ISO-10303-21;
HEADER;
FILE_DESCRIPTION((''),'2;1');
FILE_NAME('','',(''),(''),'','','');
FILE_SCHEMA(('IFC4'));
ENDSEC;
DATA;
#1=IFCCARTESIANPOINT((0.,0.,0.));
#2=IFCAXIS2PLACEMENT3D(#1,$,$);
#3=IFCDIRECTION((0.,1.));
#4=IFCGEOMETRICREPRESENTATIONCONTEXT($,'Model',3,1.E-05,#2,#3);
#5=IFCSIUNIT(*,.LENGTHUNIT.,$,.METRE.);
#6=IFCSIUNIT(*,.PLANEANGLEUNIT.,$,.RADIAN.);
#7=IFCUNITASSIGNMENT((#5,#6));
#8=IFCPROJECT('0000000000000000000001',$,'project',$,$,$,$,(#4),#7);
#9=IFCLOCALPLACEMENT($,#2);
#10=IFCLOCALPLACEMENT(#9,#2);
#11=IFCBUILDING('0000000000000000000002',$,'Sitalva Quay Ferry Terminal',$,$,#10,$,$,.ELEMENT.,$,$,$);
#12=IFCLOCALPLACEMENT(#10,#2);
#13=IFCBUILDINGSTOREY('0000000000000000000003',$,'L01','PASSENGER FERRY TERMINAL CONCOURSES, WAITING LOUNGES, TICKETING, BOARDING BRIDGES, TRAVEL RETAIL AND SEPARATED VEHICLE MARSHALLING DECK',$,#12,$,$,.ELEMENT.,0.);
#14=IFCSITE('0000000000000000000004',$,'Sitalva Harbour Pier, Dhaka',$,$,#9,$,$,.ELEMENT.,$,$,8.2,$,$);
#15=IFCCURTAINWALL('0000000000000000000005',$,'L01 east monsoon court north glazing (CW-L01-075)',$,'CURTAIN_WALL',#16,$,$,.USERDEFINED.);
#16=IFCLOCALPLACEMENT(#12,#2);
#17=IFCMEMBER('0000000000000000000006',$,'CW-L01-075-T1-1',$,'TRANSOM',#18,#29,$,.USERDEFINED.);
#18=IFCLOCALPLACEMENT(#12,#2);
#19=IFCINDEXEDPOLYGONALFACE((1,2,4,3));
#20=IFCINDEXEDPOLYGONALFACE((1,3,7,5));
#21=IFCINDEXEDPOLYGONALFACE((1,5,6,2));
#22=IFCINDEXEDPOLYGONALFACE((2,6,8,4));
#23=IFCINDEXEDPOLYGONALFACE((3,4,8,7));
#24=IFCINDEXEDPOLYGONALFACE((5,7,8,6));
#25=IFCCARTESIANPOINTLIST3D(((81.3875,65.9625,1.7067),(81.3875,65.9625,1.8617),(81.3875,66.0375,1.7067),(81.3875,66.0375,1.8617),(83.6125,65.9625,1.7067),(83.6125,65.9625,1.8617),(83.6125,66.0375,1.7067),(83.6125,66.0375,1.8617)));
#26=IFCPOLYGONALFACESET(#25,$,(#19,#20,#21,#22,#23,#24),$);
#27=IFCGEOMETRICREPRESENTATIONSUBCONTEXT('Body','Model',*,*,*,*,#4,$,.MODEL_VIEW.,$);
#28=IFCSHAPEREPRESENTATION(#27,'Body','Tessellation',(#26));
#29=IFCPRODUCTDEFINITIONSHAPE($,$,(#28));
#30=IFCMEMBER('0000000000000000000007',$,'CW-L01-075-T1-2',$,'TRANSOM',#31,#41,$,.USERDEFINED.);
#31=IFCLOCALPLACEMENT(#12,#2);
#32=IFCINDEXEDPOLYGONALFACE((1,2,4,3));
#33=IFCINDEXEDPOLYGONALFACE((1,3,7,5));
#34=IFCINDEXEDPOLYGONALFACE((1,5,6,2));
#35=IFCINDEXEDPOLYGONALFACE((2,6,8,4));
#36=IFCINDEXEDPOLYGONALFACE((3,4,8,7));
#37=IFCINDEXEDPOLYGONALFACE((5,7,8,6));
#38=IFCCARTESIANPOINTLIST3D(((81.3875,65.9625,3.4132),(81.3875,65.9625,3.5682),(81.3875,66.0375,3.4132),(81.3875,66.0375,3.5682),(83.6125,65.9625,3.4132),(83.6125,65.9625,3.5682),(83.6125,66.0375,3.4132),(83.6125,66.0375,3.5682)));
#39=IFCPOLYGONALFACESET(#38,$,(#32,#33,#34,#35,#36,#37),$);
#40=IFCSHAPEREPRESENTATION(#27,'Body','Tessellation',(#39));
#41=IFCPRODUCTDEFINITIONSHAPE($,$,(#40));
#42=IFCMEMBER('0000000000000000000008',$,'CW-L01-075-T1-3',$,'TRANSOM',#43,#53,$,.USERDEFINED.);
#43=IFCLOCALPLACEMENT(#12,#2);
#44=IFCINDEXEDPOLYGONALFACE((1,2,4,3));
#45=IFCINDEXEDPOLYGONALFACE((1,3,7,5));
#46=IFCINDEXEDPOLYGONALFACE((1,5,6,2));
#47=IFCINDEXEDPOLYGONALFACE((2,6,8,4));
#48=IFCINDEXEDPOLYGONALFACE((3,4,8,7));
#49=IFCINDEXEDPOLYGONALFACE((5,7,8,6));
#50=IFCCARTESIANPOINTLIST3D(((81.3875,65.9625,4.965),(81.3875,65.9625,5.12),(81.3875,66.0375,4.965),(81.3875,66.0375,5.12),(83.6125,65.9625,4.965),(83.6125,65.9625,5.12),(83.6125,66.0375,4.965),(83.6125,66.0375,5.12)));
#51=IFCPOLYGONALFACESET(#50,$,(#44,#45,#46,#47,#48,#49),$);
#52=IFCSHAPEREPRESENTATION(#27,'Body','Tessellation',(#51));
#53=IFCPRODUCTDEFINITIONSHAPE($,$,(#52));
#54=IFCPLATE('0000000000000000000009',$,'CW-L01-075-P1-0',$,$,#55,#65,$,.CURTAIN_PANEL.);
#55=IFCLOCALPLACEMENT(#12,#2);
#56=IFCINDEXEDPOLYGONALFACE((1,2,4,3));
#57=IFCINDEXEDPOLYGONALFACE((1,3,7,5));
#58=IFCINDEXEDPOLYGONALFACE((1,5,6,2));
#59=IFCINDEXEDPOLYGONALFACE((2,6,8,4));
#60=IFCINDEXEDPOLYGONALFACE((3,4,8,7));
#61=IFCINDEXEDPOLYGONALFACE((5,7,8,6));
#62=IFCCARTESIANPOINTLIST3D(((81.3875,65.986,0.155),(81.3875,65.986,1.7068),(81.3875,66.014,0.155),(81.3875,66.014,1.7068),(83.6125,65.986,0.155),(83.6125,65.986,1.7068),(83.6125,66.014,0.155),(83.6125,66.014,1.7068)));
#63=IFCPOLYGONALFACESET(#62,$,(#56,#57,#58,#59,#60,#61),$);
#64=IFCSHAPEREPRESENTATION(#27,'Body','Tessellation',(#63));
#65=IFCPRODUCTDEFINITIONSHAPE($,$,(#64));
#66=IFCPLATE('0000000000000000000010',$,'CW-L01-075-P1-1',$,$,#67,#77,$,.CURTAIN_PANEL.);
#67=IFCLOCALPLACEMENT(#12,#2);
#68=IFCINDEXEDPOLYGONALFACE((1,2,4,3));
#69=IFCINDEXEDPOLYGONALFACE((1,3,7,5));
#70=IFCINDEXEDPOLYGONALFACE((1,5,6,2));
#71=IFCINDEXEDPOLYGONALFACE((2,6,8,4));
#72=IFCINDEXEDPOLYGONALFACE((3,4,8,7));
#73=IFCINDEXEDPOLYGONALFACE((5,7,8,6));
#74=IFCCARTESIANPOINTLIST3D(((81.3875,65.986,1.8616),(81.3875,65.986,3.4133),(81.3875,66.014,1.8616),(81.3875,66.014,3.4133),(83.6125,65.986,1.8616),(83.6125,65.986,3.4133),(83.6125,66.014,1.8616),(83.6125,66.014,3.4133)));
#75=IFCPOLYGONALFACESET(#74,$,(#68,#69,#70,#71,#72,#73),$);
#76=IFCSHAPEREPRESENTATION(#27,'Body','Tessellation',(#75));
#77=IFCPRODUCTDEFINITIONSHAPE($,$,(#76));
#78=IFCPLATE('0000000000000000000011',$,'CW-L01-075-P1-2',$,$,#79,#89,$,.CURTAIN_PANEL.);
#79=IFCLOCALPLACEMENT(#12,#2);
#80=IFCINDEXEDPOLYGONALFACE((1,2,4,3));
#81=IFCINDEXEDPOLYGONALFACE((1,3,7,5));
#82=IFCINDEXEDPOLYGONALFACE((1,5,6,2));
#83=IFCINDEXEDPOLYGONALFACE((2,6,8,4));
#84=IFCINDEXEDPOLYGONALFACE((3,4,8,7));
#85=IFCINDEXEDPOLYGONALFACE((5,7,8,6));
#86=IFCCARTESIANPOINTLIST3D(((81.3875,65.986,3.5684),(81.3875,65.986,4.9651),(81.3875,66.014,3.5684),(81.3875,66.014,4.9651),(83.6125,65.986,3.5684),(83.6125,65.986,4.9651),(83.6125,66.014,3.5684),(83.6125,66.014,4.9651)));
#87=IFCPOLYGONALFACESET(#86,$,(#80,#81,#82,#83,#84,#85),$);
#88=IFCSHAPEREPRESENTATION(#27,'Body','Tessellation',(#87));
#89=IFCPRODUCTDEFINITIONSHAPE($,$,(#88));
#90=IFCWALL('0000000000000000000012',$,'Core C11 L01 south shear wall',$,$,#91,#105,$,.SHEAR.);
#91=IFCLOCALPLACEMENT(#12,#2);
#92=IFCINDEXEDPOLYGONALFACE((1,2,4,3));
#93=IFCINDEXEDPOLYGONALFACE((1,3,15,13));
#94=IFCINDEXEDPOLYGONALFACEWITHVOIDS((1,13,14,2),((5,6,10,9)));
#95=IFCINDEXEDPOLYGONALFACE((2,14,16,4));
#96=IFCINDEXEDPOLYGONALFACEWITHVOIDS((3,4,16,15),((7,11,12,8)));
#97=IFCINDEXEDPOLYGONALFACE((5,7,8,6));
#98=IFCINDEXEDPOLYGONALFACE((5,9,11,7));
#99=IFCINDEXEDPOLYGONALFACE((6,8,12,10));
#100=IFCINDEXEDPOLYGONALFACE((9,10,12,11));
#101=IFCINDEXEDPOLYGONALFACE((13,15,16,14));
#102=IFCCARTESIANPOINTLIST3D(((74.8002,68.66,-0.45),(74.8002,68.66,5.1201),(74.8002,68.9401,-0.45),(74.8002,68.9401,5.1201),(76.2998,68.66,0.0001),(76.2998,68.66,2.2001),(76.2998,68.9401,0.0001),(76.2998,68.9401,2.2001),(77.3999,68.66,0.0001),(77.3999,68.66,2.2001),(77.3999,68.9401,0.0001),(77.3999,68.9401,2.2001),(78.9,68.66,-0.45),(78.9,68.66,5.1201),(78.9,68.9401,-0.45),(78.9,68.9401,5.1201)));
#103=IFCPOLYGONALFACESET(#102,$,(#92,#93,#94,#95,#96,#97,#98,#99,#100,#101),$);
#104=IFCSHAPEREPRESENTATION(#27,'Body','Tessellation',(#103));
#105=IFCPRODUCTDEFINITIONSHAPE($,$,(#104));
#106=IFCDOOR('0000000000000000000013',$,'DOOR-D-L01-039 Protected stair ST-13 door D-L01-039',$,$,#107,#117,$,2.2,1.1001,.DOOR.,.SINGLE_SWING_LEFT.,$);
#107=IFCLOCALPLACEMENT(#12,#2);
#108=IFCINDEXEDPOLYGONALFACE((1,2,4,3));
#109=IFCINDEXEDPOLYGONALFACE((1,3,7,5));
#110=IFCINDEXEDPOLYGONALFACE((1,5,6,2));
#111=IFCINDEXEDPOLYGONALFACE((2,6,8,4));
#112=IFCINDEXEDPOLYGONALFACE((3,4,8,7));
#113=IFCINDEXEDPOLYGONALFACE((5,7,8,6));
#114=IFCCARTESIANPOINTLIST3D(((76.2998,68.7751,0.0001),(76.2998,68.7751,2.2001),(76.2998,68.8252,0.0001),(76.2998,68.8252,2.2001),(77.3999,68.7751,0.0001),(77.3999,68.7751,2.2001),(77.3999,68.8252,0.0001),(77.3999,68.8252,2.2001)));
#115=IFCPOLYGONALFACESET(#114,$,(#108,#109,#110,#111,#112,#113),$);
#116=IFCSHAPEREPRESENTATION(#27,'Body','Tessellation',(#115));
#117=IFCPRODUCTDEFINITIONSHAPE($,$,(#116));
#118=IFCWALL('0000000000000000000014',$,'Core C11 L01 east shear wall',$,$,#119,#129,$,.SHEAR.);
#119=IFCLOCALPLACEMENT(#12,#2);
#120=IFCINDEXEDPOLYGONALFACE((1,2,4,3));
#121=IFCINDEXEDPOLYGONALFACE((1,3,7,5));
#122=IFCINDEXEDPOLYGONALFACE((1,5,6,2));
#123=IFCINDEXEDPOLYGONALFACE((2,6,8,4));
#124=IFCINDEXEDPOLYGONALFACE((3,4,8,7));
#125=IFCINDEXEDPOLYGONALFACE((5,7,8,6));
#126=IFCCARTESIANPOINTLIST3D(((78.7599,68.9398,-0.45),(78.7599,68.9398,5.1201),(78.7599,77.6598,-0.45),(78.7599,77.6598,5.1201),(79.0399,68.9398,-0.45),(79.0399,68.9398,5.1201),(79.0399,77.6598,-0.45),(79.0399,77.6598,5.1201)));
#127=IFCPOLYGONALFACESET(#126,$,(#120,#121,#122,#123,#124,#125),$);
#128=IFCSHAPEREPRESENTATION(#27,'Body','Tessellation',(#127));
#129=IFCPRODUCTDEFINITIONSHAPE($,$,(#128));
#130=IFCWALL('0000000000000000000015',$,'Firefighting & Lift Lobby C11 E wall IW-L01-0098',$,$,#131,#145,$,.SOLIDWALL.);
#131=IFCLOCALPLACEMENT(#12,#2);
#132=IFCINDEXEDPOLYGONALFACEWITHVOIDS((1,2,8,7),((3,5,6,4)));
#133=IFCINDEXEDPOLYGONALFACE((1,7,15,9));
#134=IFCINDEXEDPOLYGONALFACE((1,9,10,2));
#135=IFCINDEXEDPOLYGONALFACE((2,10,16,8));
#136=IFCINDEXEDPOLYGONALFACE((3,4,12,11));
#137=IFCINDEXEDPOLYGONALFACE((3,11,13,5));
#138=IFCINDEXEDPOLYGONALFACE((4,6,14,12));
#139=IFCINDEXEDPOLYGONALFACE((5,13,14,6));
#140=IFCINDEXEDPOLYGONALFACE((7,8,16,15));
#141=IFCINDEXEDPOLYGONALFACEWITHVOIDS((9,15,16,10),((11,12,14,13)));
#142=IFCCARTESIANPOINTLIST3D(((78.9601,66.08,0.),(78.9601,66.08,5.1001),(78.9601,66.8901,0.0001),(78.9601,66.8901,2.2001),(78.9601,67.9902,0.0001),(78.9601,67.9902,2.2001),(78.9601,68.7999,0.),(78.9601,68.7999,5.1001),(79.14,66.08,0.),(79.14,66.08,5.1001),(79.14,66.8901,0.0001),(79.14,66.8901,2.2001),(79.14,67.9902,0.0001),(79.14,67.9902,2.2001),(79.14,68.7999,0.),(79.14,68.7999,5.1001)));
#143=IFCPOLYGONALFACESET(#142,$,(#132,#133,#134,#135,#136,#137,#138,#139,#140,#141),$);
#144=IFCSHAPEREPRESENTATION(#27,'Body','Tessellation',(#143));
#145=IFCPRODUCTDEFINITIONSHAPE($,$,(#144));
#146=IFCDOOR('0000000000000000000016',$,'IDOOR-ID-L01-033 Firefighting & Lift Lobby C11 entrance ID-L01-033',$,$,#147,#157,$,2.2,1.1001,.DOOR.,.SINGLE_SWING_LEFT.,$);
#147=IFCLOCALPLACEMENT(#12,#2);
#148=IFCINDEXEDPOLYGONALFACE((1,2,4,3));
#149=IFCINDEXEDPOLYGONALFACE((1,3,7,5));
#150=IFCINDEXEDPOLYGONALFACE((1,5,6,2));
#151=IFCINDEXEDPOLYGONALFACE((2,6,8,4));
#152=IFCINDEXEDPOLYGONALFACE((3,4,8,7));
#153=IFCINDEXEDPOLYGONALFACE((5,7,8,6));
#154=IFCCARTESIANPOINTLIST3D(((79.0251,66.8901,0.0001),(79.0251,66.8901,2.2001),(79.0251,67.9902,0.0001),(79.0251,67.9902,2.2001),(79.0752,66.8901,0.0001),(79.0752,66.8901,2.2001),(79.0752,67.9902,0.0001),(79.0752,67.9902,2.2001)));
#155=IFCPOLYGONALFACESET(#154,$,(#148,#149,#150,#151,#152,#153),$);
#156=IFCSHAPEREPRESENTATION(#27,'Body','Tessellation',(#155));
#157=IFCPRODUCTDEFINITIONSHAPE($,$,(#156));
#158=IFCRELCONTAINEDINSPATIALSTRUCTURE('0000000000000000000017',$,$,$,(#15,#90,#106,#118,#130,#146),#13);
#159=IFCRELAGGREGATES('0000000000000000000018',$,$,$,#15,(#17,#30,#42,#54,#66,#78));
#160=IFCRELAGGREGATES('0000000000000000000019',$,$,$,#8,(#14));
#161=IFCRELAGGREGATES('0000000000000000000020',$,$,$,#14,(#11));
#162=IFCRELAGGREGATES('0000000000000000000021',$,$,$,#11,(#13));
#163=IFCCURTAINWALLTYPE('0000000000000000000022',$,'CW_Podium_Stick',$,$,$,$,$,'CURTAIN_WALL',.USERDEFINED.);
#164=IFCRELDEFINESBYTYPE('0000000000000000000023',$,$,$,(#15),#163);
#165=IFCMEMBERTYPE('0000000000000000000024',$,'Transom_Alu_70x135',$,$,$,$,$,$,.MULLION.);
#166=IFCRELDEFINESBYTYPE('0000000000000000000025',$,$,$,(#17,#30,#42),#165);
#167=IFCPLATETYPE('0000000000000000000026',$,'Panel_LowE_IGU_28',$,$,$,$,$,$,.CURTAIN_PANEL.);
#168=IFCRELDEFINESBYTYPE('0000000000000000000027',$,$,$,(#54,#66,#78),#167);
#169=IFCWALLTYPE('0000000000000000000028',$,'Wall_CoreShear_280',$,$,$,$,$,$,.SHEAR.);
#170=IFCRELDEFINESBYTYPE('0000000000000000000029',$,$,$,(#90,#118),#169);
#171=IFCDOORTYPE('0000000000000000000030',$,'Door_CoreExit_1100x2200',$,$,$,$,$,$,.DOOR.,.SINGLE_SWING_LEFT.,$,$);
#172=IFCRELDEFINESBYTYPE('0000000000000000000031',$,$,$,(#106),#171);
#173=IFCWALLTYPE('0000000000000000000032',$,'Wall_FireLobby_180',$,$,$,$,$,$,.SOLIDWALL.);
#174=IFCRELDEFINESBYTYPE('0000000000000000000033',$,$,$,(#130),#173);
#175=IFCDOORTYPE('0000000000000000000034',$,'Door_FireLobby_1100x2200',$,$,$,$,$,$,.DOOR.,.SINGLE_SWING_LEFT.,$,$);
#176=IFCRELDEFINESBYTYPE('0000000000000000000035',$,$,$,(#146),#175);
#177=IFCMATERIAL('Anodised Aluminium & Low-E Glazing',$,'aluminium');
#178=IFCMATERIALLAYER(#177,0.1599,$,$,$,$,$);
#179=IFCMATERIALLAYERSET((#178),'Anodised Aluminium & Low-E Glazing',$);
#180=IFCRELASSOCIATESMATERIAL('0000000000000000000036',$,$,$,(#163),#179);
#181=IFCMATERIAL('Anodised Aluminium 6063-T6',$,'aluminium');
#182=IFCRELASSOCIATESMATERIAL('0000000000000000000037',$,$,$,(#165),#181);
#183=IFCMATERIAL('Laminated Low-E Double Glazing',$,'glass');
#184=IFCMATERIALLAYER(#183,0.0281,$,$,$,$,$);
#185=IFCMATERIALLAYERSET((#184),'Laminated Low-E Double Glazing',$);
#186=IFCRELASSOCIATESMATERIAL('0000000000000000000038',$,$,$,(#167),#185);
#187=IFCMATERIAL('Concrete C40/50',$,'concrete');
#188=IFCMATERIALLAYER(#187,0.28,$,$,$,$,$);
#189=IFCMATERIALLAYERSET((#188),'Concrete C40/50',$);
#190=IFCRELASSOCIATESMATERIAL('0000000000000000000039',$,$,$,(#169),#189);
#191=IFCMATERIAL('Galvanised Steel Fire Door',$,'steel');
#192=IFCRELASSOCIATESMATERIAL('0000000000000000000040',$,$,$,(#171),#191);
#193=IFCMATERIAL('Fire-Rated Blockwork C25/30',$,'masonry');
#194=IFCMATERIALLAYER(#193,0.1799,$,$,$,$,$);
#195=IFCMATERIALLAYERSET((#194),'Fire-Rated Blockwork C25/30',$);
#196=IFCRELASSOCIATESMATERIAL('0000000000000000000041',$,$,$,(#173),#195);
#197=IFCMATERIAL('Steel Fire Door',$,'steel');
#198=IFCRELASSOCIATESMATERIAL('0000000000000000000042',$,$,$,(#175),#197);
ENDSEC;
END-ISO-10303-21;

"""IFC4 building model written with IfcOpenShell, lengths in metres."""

from ifc_helpers import new_model, si_unit, direction, frame, frame_2d, origin, origin_2d, place, context, subcontext, project, spatial, rectangle, extrude, material, layer, layer_set, material_profile, profile_set, type_object, element, fill, aggregate, save


model = new_model("IFC4")

# Units and contexts
model_context = context("Model", 3, precision=1e-05, world=origin(), true_north=direction((0.0, 1.0)))
body_context = subcontext(model_context, "Body", "Model", "MODEL_VIEW")
ifc_project = project(units=[si_unit("LENGTHUNIT", "METRE"), si_unit("PLANEANGLEUNIT", "RADIAN")], contexts=[model_context])

# Site, building, storey
site_placement = place(None, origin())
site = spatial("IfcSite", under=ifc_project, at=site_placement, Name="Sitalva Harbour Pier, Dhaka", CompositionType="ELEMENT", RefElevation=8.2)
building_placement = place(site_placement, origin())
building = spatial("IfcBuilding", under=site, at=building_placement, Name="Sitalva Quay Ferry Terminal", CompositionType="ELEMENT")
storey_placement = place(building_placement, origin())
storey = spatial("IfcBuildingStorey", under=building, at=storey_placement, Name="L01", Description="PASSENGER FERRY TERMINAL CONCOURSES, WAITING LOUNGES, TICKETING, BOARDING BRIDGES, TRAVEL RETAIL AND SEPARATED VEHICLE MARSHALLING DECK", CompositionType="ELEMENT", Elevation=0.0)

# Curtain wall, members, plates
ifc_material_1 = material(Name="Anodised Aluminium & Low-E Glazing", Category="aluminium")
ifc_layer_1 = layer(ifc_material_1, 0.1599)
ifc_layer_set_1 = layer_set([ifc_layer_1], Name="Anodised Aluminium & Low-E Glazing")
curtain_wall_type = type_object("IfcCurtainWallType", Name="CW_Podium_Stick", ElementType="CURTAIN_WALL", PredefinedType="USERDEFINED", material=ifc_layer_set_1)
curtain_wall_placement = place(storey_placement, origin())
curtain_wall = element("IfcCurtainWall", 1, at=curtain_wall_placement, inside=storey, type_object=curtain_wall_type, Name="L01 east monsoon court north glazing (CW-L01-075)", ObjectType="CURTAIN_WALL", PredefinedType="USERDEFINED")
ifc_material_2 = material(Name="Anodised Aluminium 6063-T6", Category="aluminium")
ifc_material_profile_1 = material_profile(ifc_material_2, rectangle(XDim=0.075, YDim=0.155, at=origin_2d()), Name="ALU75x155")
ifc_profile_set_1 = profile_set([ifc_material_profile_1], Name="Anodised Aluminium 6063-T6")
member_type_1 = type_object("IfcMemberType", Name="Transom_Alu_70x135", PredefinedType="MULLION", material=ifc_profile_set_1)
member_1_placement = place(storey_placement, frame((81.3875, 66.0, 1.7842), z_axis=(1.0, 0.0, 0.0), x_axis=(0.0, 1.0, 0.0)))
member_1 = element("IfcMember", 2, at=member_1_placement, type_object=member_type_1, Name="CW-L01-075-T1-1", ObjectType="TRANSOM", PredefinedType="USERDEFINED", context=body_context, shape_type="SweptSolid", body=[
    extrude(rectangle(XDim=0.075, YDim=0.155, at=origin_2d()), origin(), (0.0, 0.0, 1.0), 2.2251),
])
member_2_placement = place(storey_placement, frame((81.3875, 66.0, 3.4907), z_axis=(1.0, 0.0, 0.0), x_axis=(0.0, 1.0, 0.0)))
member_2 = element("IfcMember", 3, at=member_2_placement, type_object=member_type_1, Name="CW-L01-075-T1-2", ObjectType="TRANSOM", PredefinedType="USERDEFINED", context=body_context, shape_type="SweptSolid", body=[
    extrude(rectangle(XDim=0.075, YDim=0.155, at=origin_2d()), origin(), (0.0, 0.0, 1.0), 2.2251),
])
member_3_placement = place(storey_placement, frame((81.3875, 66.0, 5.0425), z_axis=(1.0, 0.0, 0.0), x_axis=(0.0, 1.0, 0.0)))
member_3 = element("IfcMember", 4, at=member_3_placement, type_object=member_type_1, Name="CW-L01-075-T1-3", ObjectType="TRANSOM", PredefinedType="USERDEFINED", context=body_context, shape_type="SweptSolid", body=[
    extrude(rectangle(XDim=0.075, YDim=0.155, at=origin_2d()), origin(), (0.0, 0.0, 1.0), 2.2251),
])
ifc_material_3 = material(Name="Laminated Low-E Double Glazing", Category="glass")
ifc_layer_2 = layer(ifc_material_3, 0.0281)
ifc_layer_set_2 = layer_set([ifc_layer_2], Name="Laminated Low-E Double Glazing")
plate_type = type_object("IfcPlateType", Name="Panel_LowE_IGU_28", PredefinedType="CURTAIN_PANEL", material=ifc_layer_set_2)
plate_1_placement = place(storey_placement, frame((82.5, 66.0, 0.155), z_axis=(0.0, 0.0, 1.0), x_axis=(1.0, 0.0, 0.0)))
plate_1 = element("IfcPlate", 5, at=plate_1_placement, type_object=plate_type, Name="CW-L01-075-P1-0", PredefinedType="CURTAIN_PANEL", context=body_context, shape_type="SweptSolid", body=[
    extrude(rectangle(XDim=2.2251, YDim=0.0281, at=origin_2d()), origin(), (0.0, 0.0, 1.0), 1.5518),
])
plate_2_placement = place(storey_placement, frame((82.5, 66.0, 1.8616), z_axis=(0.0, 0.0, 1.0), x_axis=(1.0, 0.0, 0.0)))
plate_2 = element("IfcPlate", 6, at=plate_2_placement, type_object=plate_type, Name="CW-L01-075-P1-1", PredefinedType="CURTAIN_PANEL", context=body_context, shape_type="SweptSolid", body=[
    extrude(rectangle(XDim=2.2251, YDim=0.0281, at=origin_2d()), origin(), (0.0, 0.0, 1.0), 1.5518),
])
plate_3_placement = place(storey_placement, frame((82.5, 66.0, 3.5684), z_axis=(0.0, 0.0, 1.0), x_axis=(1.0, 0.0, 0.0)))
plate_3 = element("IfcPlate", 7, at=plate_3_placement, type_object=plate_type, Name="CW-L01-075-P1-2", PredefinedType="CURTAIN_PANEL", context=body_context, shape_type="SweptSolid", body=[
    extrude(rectangle(XDim=2.2251, YDim=0.0281, at=origin_2d()), origin(), (0.0, 0.0, 1.0), 1.3967),
])
aggregate(curtain_wall, [member_1, member_2, member_3, plate_1, plate_2, plate_3])

# Wall, opening, door
ifc_material_4 = material(Name="Concrete C40/50", Category="concrete")
ifc_layer_3 = layer(ifc_material_4, 0.28)
ifc_layer_set_3 = layer_set([ifc_layer_3], Name="Concrete C40/50")
wall_type_1 = type_object("IfcWallType", Name="Wall_CoreShear_280", PredefinedType="SHEAR", material=ifc_layer_set_3)
wall_1_placement = place(storey_placement, frame((78.8999, 68.8, -0.45), z_axis=(0.0, 0.0, 1.0), x_axis=(-1.0, 0.0, 0.0)))
wall_1 = element("IfcWall", 8, at=wall_1_placement, inside=storey, type_object=wall_type_1, Name="Core C11 L01 south shear wall", PredefinedType="SHEAR", context=body_context, shape_type="SweptSolid", body=[
    extrude(rectangle(XDim=4.0999, YDim=0.28, at=frame_2d((2.0498, 0.0))), origin(), (0.0, 0.0, 1.0), 5.5701),
])
opening_1_placement = place(wall_1_placement, frame((1.5, 0.0, 0.45)))
opening_1 = element("IfcOpeningElement", 9, at=opening_1_placement, cuts=wall_1, PredefinedType="OPENING", context=body_context, shape_type="SweptSolid", body=[
    extrude(rectangle(XDim=1.1001, YDim=2.2, at=frame_2d((0.55, 1.1001))), frame((0.0, 0.1499, 0.0), z_axis=(0.0, -1.0, 0.0), x_axis=(1.0, 0.0, 0.0)), (0.0, 0.0, 1.0), 0.3),
])
ifc_material_5 = material(Name="Galvanised Steel Fire Door", Category="steel")
door_type_1 = type_object("IfcDoorType", Name="Door_CoreExit_1100x2200", OperationType="SINGLE_SWING_LEFT", PredefinedType="DOOR", material=ifc_material_5)
door_1_placement = place(opening_1_placement, origin())
door_1 = element("IfcDoor", 10, at=door_1_placement, inside=storey, type_object=door_type_1, Name="DOOR-D-L01-039 Protected stair ST-13 door D-L01-039", OperationType="SINGLE_SWING_LEFT", OverallHeight=2.2, OverallWidth=1.1001, PredefinedType="DOOR", context=body_context, shape_type="SweptSolid", body=[
    extrude(rectangle(XDim=1.1001, YDim=2.2, at=frame_2d((0.55, 1.1001))), frame((0.0, 0.0249, 0.0), z_axis=(0.0, -1.0, 0.0), x_axis=(1.0, 0.0, 0.0)), (0.0, 0.0, 1.0), 0.05),
])
fill(opening_1, door_1)

# Wall
wall_2_placement = place(storey_placement, frame((78.8999, 68.9399, -0.45), z_axis=(0.0, 0.0, 1.0), x_axis=(0.0, 1.0, 0.0)))
element("IfcWall", 11, at=wall_2_placement, inside=storey, type_object=wall_type_1, Name="Core C11 L01 east shear wall", PredefinedType="SHEAR", context=body_context, shape_type="SweptSolid", body=[
    extrude(rectangle(XDim=8.72, YDim=0.28, at=frame_2d((4.3599, 0.0))), origin(), (0.0, 0.0, 1.0), 5.5701),
])

# Wall, opening, door
ifc_material_6 = material(Name="Fire-Rated Blockwork C25/30", Category="masonry")
ifc_layer_4 = layer(ifc_material_6, 0.1799)
ifc_layer_set_4 = layer_set([ifc_layer_4], Name="Fire-Rated Blockwork C25/30")
wall_type_2 = type_object("IfcWallType", Name="Wall_FireLobby_180", PredefinedType="SOLIDWALL", material=ifc_layer_set_4)
wall_3_placement = place(storey_placement, frame((79.05, 66.0801, 0.0), z_axis=(0.0, 0.0, 1.0), x_axis=(0.0, 1.0, 0.0)))
wall_3 = element("IfcWall", 12, at=wall_3_placement, inside=storey, type_object=wall_type_2, Name="Firefighting & Lift Lobby C11 E wall IW-L01-0098", PredefinedType="SOLIDWALL", context=body_context, shape_type="SweptSolid", body=[
    extrude(rectangle(XDim=2.72, YDim=0.1799, at=frame_2d((1.3599, 0.0))), origin(), (0.0, 0.0, 1.0), 5.1001),
])
opening_2_placement = place(wall_3_placement, frame((0.8101, 0.0, 0.0)))
opening_2 = element("IfcOpeningElement", 13, at=opening_2_placement, cuts=wall_3, PredefinedType="OPENING", context=body_context, shape_type="SweptSolid", body=[
    extrude(rectangle(XDim=1.1001, YDim=2.2, at=frame_2d((0.55, 1.1001))), frame((0.0, 0.0999, 0.0), z_axis=(0.0, -1.0, 0.0), x_axis=(1.0, 0.0, 0.0)), (0.0, 0.0, 1.0), 0.2),
])
ifc_material_7 = material(Name="Steel Fire Door", Category="steel")
door_type_2 = type_object("IfcDoorType", Name="Door_FireLobby_1100x2200", OperationType="SINGLE_SWING_LEFT", PredefinedType="DOOR", material=ifc_material_7)
door_2_placement = place(opening_2_placement, origin())
door_2 = element("IfcDoor", 14, at=door_2_placement, inside=storey, type_object=door_type_2, Name="IDOOR-ID-L01-033 Firefighting & Lift Lobby C11 entrance ID-L01-033", OperationType="SINGLE_SWING_LEFT", OverallHeight=2.2, OverallWidth=1.1001, PredefinedType="DOOR", context=body_context, shape_type="SweptSolid", body=[
    extrude(rectangle(XDim=1.1001, YDim=2.2, at=frame_2d((0.55, 1.1001))), frame((0.0, 0.0249, 0.0), z_axis=(0.0, -1.0, 0.0), x_axis=(1.0, 0.0, 0.0)), (0.0, 0.0, 1.0), 0.05),
])
fill(opening_2, door_2)

save(model, "model.ifc")
